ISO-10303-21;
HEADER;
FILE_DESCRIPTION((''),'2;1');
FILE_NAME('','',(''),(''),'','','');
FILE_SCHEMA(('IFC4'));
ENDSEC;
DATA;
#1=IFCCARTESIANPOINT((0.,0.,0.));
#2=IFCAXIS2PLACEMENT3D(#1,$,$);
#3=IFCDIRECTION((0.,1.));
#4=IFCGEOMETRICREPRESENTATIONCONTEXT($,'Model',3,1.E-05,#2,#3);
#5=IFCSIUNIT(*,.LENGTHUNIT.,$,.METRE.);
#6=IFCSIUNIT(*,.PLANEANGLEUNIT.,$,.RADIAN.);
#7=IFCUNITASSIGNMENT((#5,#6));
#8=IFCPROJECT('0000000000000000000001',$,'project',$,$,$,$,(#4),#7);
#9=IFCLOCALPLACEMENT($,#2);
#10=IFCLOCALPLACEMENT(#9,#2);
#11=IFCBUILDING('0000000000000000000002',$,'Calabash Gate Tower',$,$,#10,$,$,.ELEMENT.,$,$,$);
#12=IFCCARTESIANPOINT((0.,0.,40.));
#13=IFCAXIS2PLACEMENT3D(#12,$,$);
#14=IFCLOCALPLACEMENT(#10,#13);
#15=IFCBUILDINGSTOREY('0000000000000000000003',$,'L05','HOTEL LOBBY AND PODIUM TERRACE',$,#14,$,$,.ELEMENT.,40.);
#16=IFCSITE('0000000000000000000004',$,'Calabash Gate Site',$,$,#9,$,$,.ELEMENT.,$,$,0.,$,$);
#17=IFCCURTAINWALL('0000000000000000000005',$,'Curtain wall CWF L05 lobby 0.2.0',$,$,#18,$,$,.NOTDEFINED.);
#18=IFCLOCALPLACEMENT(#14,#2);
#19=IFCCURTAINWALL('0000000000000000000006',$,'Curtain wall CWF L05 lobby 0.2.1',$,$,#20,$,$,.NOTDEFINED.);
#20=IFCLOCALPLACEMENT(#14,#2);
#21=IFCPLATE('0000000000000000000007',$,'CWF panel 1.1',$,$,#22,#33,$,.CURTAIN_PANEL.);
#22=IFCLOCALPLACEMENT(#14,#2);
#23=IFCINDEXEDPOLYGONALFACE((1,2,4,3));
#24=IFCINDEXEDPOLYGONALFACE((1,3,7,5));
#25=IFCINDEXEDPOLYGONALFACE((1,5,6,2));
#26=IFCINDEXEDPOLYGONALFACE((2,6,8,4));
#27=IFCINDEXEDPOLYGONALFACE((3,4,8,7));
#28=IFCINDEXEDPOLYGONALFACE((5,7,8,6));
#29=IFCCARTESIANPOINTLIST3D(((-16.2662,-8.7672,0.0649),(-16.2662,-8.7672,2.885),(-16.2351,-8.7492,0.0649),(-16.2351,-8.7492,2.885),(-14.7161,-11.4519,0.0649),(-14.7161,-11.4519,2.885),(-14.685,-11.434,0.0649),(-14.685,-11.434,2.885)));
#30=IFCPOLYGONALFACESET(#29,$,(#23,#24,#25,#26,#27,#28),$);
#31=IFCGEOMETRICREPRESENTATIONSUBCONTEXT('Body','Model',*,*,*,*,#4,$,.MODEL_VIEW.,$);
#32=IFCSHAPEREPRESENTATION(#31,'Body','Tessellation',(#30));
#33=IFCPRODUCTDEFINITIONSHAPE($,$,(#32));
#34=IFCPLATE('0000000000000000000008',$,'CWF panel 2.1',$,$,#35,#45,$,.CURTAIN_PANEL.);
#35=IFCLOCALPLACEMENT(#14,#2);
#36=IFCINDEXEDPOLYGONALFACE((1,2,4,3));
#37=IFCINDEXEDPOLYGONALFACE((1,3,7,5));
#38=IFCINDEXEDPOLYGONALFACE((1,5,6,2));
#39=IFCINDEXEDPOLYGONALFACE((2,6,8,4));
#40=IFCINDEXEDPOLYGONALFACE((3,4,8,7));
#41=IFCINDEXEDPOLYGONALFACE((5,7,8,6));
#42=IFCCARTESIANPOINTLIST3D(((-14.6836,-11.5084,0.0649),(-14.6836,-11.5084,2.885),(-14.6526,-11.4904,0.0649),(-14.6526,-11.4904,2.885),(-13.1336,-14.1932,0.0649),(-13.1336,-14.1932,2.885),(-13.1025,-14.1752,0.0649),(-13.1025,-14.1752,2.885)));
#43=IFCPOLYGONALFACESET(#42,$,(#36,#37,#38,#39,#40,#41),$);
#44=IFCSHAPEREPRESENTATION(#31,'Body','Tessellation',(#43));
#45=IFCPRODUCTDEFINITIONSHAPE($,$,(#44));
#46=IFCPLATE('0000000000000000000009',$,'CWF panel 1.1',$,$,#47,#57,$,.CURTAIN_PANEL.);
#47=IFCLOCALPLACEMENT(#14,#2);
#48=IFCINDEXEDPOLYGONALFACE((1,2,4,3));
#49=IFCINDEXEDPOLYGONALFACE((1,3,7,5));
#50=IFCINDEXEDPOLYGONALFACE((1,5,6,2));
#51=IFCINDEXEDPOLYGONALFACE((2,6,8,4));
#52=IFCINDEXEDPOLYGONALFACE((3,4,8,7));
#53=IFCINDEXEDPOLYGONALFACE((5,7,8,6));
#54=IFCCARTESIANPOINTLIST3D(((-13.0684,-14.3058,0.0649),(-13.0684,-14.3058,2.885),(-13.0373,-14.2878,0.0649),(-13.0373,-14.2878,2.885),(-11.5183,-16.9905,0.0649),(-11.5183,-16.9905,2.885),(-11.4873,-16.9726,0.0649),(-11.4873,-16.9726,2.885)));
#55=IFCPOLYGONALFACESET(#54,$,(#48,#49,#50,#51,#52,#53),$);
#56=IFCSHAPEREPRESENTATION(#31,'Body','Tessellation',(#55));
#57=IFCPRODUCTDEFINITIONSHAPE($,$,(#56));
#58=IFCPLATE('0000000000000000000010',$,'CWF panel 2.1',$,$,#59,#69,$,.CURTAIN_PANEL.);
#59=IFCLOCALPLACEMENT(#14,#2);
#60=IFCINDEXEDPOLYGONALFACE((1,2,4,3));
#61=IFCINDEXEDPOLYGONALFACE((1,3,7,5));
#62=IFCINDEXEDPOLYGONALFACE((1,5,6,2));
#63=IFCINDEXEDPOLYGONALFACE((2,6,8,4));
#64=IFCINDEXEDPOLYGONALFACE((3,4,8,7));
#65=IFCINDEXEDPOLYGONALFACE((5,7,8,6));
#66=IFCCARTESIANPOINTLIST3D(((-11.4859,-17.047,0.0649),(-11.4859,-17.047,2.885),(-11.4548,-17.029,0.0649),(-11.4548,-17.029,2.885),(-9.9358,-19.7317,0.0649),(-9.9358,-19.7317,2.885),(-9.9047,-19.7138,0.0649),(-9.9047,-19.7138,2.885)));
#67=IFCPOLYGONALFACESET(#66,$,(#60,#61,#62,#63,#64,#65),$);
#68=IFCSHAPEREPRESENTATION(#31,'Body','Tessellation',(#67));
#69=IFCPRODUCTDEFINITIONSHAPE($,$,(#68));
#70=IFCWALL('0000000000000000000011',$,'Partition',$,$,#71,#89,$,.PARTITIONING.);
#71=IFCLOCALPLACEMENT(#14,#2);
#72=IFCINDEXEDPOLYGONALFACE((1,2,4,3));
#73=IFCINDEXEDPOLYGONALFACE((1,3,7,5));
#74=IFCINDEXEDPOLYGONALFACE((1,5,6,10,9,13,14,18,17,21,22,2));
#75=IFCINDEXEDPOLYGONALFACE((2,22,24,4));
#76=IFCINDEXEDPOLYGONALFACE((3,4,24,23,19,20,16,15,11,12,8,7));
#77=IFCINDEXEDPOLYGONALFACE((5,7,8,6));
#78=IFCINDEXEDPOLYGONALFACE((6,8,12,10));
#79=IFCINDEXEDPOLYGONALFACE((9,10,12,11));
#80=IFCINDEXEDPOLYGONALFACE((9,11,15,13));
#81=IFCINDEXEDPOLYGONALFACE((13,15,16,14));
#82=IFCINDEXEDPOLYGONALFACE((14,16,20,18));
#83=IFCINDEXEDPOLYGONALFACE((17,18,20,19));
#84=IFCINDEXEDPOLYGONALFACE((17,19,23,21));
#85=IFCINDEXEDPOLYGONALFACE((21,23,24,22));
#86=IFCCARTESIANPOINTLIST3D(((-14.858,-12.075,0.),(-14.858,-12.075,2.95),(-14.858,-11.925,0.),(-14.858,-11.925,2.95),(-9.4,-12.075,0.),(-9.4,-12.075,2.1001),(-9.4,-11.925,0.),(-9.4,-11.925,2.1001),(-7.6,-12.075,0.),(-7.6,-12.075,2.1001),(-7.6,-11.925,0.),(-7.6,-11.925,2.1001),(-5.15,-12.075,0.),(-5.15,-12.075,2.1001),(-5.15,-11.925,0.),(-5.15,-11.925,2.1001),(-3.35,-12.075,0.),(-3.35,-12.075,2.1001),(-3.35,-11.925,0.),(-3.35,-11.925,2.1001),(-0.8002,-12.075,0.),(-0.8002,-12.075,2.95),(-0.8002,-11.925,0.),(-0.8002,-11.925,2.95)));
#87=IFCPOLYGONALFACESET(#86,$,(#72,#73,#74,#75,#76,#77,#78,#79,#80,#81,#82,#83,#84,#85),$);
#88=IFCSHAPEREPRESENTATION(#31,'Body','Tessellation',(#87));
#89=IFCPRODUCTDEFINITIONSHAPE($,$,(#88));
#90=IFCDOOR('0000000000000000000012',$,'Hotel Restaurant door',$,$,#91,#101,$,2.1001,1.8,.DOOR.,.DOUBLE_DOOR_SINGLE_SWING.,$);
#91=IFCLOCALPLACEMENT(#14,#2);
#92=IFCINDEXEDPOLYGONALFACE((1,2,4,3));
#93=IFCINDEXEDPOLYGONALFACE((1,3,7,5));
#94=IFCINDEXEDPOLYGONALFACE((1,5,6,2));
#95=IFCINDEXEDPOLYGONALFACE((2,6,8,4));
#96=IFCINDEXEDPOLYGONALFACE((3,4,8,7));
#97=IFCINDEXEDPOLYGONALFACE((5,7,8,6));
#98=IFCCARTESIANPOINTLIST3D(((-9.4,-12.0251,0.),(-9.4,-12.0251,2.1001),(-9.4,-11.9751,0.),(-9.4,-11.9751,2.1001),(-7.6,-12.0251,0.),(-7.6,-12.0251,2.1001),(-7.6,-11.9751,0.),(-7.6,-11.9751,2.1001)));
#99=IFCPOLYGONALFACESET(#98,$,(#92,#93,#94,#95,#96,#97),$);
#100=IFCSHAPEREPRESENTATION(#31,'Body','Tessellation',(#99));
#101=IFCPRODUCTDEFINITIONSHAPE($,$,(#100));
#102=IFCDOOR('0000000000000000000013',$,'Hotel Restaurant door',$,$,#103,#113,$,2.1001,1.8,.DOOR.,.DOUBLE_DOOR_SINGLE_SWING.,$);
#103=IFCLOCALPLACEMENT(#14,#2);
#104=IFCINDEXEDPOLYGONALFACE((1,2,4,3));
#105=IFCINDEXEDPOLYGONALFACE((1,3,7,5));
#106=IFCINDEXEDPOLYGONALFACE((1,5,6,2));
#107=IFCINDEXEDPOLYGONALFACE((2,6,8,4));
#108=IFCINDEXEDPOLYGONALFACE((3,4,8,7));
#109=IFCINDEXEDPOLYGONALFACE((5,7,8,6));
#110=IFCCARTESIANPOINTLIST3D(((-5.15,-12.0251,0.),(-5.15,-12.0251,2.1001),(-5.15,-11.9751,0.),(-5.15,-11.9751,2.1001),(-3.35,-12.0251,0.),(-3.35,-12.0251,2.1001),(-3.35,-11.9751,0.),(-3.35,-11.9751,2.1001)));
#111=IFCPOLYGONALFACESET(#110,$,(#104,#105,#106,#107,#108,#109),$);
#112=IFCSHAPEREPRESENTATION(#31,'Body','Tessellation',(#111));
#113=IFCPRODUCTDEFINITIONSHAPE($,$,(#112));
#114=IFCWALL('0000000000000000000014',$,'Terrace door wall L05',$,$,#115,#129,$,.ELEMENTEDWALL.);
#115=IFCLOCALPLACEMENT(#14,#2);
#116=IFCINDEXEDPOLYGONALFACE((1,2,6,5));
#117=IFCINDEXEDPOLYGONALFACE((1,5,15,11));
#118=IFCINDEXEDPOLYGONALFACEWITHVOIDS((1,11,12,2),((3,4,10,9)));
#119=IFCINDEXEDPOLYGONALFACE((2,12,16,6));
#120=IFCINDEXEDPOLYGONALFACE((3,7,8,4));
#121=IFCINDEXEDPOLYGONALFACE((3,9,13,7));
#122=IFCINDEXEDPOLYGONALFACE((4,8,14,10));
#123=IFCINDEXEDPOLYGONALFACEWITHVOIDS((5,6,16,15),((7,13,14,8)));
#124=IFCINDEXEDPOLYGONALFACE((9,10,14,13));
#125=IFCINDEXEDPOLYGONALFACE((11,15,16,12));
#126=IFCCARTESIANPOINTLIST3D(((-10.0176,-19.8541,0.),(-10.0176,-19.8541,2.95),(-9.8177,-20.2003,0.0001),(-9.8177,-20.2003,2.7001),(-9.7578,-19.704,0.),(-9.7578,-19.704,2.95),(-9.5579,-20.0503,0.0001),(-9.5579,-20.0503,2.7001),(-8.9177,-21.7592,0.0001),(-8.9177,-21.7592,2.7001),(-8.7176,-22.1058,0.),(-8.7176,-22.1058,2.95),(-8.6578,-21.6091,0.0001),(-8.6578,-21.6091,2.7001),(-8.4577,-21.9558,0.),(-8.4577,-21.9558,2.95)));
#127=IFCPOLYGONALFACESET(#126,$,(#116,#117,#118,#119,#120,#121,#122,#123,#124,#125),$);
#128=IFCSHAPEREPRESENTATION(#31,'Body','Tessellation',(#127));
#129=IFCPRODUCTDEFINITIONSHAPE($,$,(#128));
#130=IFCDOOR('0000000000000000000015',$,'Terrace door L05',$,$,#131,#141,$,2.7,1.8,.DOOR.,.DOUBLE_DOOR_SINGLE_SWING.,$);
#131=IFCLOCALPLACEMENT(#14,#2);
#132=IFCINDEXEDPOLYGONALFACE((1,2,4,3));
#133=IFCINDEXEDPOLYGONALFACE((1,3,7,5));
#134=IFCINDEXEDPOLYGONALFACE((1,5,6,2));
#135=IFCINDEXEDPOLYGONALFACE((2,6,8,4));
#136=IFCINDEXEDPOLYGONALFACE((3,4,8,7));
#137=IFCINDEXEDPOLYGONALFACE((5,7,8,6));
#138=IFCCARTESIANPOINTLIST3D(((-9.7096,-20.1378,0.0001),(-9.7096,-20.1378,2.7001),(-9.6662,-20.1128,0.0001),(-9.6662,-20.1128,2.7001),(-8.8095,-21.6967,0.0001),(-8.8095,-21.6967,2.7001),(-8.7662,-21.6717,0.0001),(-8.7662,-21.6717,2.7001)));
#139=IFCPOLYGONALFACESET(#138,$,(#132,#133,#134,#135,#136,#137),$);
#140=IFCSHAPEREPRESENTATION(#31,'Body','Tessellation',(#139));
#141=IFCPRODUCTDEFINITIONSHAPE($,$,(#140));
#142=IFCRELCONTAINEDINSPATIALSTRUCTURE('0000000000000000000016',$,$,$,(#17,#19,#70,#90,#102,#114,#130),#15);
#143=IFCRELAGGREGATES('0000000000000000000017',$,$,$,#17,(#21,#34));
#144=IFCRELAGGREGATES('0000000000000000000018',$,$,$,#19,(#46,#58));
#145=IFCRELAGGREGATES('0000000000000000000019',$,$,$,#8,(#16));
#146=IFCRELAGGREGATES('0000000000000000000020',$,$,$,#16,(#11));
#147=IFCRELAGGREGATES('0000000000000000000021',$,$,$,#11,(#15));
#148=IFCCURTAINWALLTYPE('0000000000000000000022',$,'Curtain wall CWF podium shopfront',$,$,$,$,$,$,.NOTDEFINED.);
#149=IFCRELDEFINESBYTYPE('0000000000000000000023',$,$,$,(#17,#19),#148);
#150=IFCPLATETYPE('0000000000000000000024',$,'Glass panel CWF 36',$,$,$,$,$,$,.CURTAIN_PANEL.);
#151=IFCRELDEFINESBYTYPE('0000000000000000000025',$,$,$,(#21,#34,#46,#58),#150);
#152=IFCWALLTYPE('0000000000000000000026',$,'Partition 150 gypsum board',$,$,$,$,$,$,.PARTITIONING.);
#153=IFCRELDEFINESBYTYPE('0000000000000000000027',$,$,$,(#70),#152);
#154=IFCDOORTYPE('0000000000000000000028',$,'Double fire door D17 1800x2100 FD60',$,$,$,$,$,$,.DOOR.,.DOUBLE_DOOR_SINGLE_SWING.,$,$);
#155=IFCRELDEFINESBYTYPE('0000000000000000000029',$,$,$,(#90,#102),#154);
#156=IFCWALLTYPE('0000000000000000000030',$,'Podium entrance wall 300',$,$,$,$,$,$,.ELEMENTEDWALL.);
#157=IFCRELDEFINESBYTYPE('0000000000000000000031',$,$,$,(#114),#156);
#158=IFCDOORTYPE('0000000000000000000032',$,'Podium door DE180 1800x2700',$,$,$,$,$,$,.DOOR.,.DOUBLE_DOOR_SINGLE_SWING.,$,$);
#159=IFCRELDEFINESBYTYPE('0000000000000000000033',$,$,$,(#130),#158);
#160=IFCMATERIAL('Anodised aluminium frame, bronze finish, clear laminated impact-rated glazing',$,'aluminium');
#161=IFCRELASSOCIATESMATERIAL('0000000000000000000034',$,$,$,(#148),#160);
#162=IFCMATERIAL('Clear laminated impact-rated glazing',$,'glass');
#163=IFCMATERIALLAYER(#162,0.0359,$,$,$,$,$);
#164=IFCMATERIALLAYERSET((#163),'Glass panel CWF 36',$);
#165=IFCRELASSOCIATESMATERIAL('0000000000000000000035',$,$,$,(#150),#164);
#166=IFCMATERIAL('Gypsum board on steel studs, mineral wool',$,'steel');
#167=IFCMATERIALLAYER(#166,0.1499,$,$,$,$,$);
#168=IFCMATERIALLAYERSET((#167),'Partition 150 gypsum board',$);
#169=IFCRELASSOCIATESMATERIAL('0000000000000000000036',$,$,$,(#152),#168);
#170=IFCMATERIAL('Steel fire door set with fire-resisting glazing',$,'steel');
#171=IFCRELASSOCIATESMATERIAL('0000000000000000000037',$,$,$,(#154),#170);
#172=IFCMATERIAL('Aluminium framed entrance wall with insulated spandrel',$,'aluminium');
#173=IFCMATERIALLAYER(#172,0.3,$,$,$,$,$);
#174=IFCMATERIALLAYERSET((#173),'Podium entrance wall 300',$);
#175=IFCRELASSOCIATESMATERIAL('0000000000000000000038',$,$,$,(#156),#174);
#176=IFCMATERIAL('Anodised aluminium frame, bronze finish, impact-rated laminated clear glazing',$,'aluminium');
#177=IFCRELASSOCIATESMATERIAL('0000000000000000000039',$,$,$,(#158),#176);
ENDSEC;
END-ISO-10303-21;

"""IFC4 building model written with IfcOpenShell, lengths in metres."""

from ifc_helpers import new_model, si_unit, direction, frame, frame_2d, origin, origin_2d, place, context, subcontext, project, spatial, rectangle, extrude, material, layer, layer_set, type_object, element, fill, aggregate, save


model = new_model("IFC4")

# Units and contexts
model_context = context("Model", 3, precision=1e-05, world=origin(), true_north=direction((0.0, 1.0)))
body_context = subcontext(model_context, "Body", "Model", "MODEL_VIEW")
ifc_project = project(units=[si_unit("LENGTHUNIT", "METRE"), si_unit("PLANEANGLEUNIT", "RADIAN")], contexts=[model_context])

# Site, building, storey
site_placement = place(None, origin())
site = spatial("IfcSite", under=ifc_project, at=site_placement, Name="Calabash Gate Site", CompositionType="ELEMENT", RefElevation=0.0)
building_placement = place(site_placement, origin())
building = spatial("IfcBuilding", under=site, at=building_placement, Name="Calabash Gate Tower", CompositionType="ELEMENT")
storey_placement = place(building_placement, frame((0.0, 0.0, 40.0)))
storey = spatial("IfcBuildingStorey", under=building, at=storey_placement, Name="L05", Description="HOTEL LOBBY AND PODIUM TERRACE", CompositionType="ELEMENT", Elevation=40.0)

# Curtain walls
ifc_material_1 = material(Name="Anodised aluminium frame, bronze finish, clear laminated impact-rated glazing", Category="aluminium")
curtain_wall_type = type_object("IfcCurtainWallType", Name="Curtain wall CWF podium shopfront", PredefinedType="NOTDEFINED", material=ifc_material_1)
curtain_wall_1_placement = place(storey_placement, origin())
curtain_wall_1 = element("IfcCurtainWall", 1, at=curtain_wall_1_placement, inside=storey, type_object=curtain_wall_type, Name="Curtain wall CWF L05 lobby 0.2.0", PredefinedType="NOTDEFINED")
curtain_wall_2_placement = place(storey_placement, origin())
curtain_wall_2 = element("IfcCurtainWall", 2, at=curtain_wall_2_placement, inside=storey, type_object=curtain_wall_type, Name="Curtain wall CWF L05 lobby 0.2.1", PredefinedType="NOTDEFINED")

# Plates
ifc_material_2 = material(Name="Clear laminated impact-rated glazing", Category="glass")
ifc_layer_1 = layer(ifc_material_2, 0.0359)
ifc_layer_set_1 = layer_set([ifc_layer_1], Name="Glass panel CWF 36")
plate_type = type_object("IfcPlateType", Name="Glass panel CWF 36", PredefinedType="CURTAIN_PANEL", material=ifc_layer_set_1)
plate_1_placement = place(storey_placement, frame((-15.4756, -10.1006, 0.0649), z_axis=(0.0, 0.0, 1.0), x_axis=(0.5, -0.866025, 0.0)))
plate_1 = element("IfcPlate", 3, at=plate_1_placement, type_object=plate_type, Name="CWF panel 1.1", PredefinedType="CURTAIN_PANEL", context=body_context, shape_type="SweptSolid", body=[
    extrude(rectangle(XDim=3.1001, YDim=0.0359, at=origin_2d()), origin(), (0.0, 0.0, 1.0), 2.8201),
])
plate_2_placement = place(storey_placement, frame((-13.8931, -12.8418, 0.0649), z_axis=(0.0, 0.0, 1.0), x_axis=(0.5, -0.866025, 0.0)))
plate_2 = element("IfcPlate", 4, at=plate_2_placement, type_object=plate_type, Name="CWF panel 2.1", PredefinedType="CURTAIN_PANEL", context=body_context, shape_type="SweptSolid", body=[
    extrude(rectangle(XDim=3.1001, YDim=0.0359, at=origin_2d()), origin(), (0.0, 0.0, 1.0), 2.8201),
])
aggregate(curtain_wall_1, [plate_1, plate_2])
plate_3_placement = place(storey_placement, frame((-12.2778, -15.6392, 0.0649), z_axis=(0.0, 0.0, 1.0), x_axis=(0.5, -0.866025, 0.0)))
plate_3 = element("IfcPlate", 5, at=plate_3_placement, type_object=plate_type, Name="CWF panel 1.1", PredefinedType="CURTAIN_PANEL", context=body_context, shape_type="SweptSolid", body=[
    extrude(rectangle(XDim=3.1001, YDim=0.0359, at=origin_2d()), origin(), (0.0, 0.0, 1.0), 2.8201),
])
plate_4_placement = place(storey_placement, frame((-10.6953, -18.3804, 0.0649), z_axis=(0.0, 0.0, 1.0), x_axis=(0.5, -0.866025, 0.0)))
plate_4 = element("IfcPlate", 6, at=plate_4_placement, type_object=plate_type, Name="CWF panel 2.1", PredefinedType="CURTAIN_PANEL", context=body_context, shape_type="SweptSolid", body=[
    extrude(rectangle(XDim=3.1001, YDim=0.0359, at=origin_2d()), origin(), (0.0, 0.0, 1.0), 2.8201),
])
aggregate(curtain_wall_2, [plate_3, plate_4])

# Wall, openings, doors
ifc_material_3 = material(Name="Gypsum board on steel studs, mineral wool", Category="steel")
ifc_layer_2 = layer(ifc_material_3, 0.1499)
ifc_layer_set_2 = layer_set([ifc_layer_2], Name="Partition 150 gypsum board")
wall_type_1 = type_object("IfcWallType", Name="Partition 150 gypsum board", PredefinedType="PARTITIONING", material=ifc_layer_set_2)
wall_1_placement = place(storey_placement, frame((-14.8579, -12.0, 0.0), z_axis=(0.0, 0.0, 1.0), x_axis=(1.0, 0.0, 0.0)))
wall_1 = element("IfcWall", 7, at=wall_1_placement, inside=storey, type_object=wall_type_1, Name="Partition", PredefinedType="PARTITIONING", context=body_context, shape_type="SweptSolid", body=[
    extrude(rectangle(XDim=14.0579, YDim=0.1499, at=frame_2d((7.0288, 0.0))), origin(), (0.0, 0.0, 1.0), 2.95),
])
opening_1_placement = place(wall_1_placement, frame((5.458, 0.0, 0.0)))
opening_1 = element("IfcOpeningElement", 8, at=opening_1_placement, cuts=wall_1, PredefinedType="OPENING", context=body_context, shape_type="SweptSolid", body=[
    extrude(rectangle(XDim=1.8, YDim=2.1001, at=frame_2d((0.8999, 1.05))), frame((0.0, 0.085, 0.0), z_axis=(0.0, -1.0, 0.0), x_axis=(1.0, 0.0, 0.0)), (0.0, 0.0, 1.0), 0.1699),
])
opening_2_placement = place(wall_1_placement, frame((9.708, 0.0, 0.0)))
opening_2 = element("IfcOpeningElement", 9, at=opening_2_placement, cuts=wall_1, PredefinedType="OPENING", context=body_context, shape_type="SweptSolid", body=[
    extrude(rectangle(XDim=1.8, YDim=2.1001, at=frame_2d((0.8999, 1.05))), frame((0.0, 0.085, 0.0), z_axis=(0.0, -1.0, 0.0), x_axis=(1.0, 0.0, 0.0)), (0.0, 0.0, 1.0), 0.1699),
])
ifc_material_4 = material(Name="Steel fire door set with fire-resisting glazing", Category="steel")
door_type_1 = type_object("IfcDoorType", Name="Double fire door D17 1800x2100 FD60", OperationType="DOUBLE_DOOR_SINGLE_SWING", PredefinedType="DOOR", material=ifc_material_4)
door_1_placement = place(opening_1_placement, origin())
door_1 = element("IfcDoor", 10, at=door_1_placement, inside=storey, type_object=door_type_1, Name="Hotel Restaurant door", OperationType="DOUBLE_DOOR_SINGLE_SWING", OverallHeight=2.1001, OverallWidth=1.8, PredefinedType="DOOR", context=body_context, shape_type="SweptSolid", body=[
    extrude(rectangle(XDim=1.8, YDim=2.1001, at=frame_2d((0.8999, 1.05))), frame((0.0, 0.0249, 0.0), z_axis=(0.0, -1.0, 0.0), x_axis=(1.0, 0.0, 0.0)), (0.0, 0.0, 1.0), 0.05),
])
fill(opening_1, door_1)
door_2_placement = place(opening_2_placement, origin())
door_2 = element("IfcDoor", 11, at=door_2_placement, inside=storey, type_object=door_type_1, Name="Hotel Restaurant door", OperationType="DOUBLE_DOOR_SINGLE_SWING", OverallHeight=2.1001, OverallWidth=1.8, PredefinedType="DOOR", context=body_context, shape_type="SweptSolid", body=[
    extrude(rectangle(XDim=1.8, YDim=2.1001, at=frame_2d((0.8999, 1.05))), frame((0.0, 0.0249, 0.0), z_axis=(0.0, -1.0, 0.0), x_axis=(1.0, 0.0, 0.0)), (0.0, 0.0, 1.0), 0.05),
])
fill(opening_2, door_2)

# Wall, opening, door
ifc_material_5 = material(Name="Aluminium framed entrance wall with insulated spandrel", Category="aluminium")
ifc_layer_3 = layer(ifc_material_5, 0.3)
ifc_layer_set_3 = layer_set([ifc_layer_3], Name="Podium entrance wall 300")
wall_type_2 = type_object("IfcWallType", Name="Podium entrance wall 300", PredefinedType="ELEMENTEDWALL", material=ifc_layer_set_3)
wall_2_placement = place(storey_placement, frame((-9.8877, -19.7791, 0.0), z_axis=(0.0, 0.0, 1.0), x_axis=(0.500007, -0.866021, 0.0)))
wall_2 = element("IfcWall", 12, at=wall_2_placement, inside=storey, type_object=wall_type_2, Name="Terrace door wall L05", PredefinedType="ELEMENTEDWALL", context=body_context, shape_type="SweptSolid", body=[
    extrude(rectangle(XDim=2.6001, YDim=0.3, at=frame_2d((1.3, 0.0))), origin(), (0.0, 0.0, 1.0), 2.95),
])
opening_3_placement = place(wall_2_placement, frame((0.3999, 0.0, 0.0)))
opening_3 = element("IfcOpeningElement", 13, at=opening_3_placement, cuts=wall_2, PredefinedType="OPENING", context=body_context, shape_type="SweptSolid", body=[
    extrude(rectangle(XDim=1.8, YDim=2.7, at=frame_2d((0.8999, 1.3501))), frame((0.0, 0.1599, 0.0), z_axis=(0.0, -1.0, 0.0), x_axis=(1.0, 0.0, 0.0)), (0.0, 0.0, 1.0), 0.3201),
])
ifc_material_6 = material(Name="Anodised aluminium frame, bronze finish, impact-rated laminated clear glazing", Category="aluminium")
door_type_2 = type_object("IfcDoorType", Name="Podium door DE180 1800x2700", OperationType="DOUBLE_DOOR_SINGLE_SWING", PredefinedType="DOOR", material=ifc_material_6)
door_3_placement = place(opening_3_placement, origin())
door_3 = element("IfcDoor", 14, at=door_3_placement, inside=storey, type_object=door_type_2, Name="Terrace door L05", OperationType="DOUBLE_DOOR_SINGLE_SWING", OverallHeight=2.7, OverallWidth=1.8, PredefinedType="DOOR", context=body_context, shape_type="SweptSolid", body=[
    extrude(rectangle(XDim=1.8, YDim=2.7, at=frame_2d((0.8999, 1.3501))), frame((0.0, 0.0249, 0.0), z_axis=(0.0, -1.0, 0.0), x_axis=(1.0, 0.0, 0.0)), (0.0, 0.0, 1.0), 0.05),
])
fill(opening_3, door_3)

save(model, "model.ifc")
